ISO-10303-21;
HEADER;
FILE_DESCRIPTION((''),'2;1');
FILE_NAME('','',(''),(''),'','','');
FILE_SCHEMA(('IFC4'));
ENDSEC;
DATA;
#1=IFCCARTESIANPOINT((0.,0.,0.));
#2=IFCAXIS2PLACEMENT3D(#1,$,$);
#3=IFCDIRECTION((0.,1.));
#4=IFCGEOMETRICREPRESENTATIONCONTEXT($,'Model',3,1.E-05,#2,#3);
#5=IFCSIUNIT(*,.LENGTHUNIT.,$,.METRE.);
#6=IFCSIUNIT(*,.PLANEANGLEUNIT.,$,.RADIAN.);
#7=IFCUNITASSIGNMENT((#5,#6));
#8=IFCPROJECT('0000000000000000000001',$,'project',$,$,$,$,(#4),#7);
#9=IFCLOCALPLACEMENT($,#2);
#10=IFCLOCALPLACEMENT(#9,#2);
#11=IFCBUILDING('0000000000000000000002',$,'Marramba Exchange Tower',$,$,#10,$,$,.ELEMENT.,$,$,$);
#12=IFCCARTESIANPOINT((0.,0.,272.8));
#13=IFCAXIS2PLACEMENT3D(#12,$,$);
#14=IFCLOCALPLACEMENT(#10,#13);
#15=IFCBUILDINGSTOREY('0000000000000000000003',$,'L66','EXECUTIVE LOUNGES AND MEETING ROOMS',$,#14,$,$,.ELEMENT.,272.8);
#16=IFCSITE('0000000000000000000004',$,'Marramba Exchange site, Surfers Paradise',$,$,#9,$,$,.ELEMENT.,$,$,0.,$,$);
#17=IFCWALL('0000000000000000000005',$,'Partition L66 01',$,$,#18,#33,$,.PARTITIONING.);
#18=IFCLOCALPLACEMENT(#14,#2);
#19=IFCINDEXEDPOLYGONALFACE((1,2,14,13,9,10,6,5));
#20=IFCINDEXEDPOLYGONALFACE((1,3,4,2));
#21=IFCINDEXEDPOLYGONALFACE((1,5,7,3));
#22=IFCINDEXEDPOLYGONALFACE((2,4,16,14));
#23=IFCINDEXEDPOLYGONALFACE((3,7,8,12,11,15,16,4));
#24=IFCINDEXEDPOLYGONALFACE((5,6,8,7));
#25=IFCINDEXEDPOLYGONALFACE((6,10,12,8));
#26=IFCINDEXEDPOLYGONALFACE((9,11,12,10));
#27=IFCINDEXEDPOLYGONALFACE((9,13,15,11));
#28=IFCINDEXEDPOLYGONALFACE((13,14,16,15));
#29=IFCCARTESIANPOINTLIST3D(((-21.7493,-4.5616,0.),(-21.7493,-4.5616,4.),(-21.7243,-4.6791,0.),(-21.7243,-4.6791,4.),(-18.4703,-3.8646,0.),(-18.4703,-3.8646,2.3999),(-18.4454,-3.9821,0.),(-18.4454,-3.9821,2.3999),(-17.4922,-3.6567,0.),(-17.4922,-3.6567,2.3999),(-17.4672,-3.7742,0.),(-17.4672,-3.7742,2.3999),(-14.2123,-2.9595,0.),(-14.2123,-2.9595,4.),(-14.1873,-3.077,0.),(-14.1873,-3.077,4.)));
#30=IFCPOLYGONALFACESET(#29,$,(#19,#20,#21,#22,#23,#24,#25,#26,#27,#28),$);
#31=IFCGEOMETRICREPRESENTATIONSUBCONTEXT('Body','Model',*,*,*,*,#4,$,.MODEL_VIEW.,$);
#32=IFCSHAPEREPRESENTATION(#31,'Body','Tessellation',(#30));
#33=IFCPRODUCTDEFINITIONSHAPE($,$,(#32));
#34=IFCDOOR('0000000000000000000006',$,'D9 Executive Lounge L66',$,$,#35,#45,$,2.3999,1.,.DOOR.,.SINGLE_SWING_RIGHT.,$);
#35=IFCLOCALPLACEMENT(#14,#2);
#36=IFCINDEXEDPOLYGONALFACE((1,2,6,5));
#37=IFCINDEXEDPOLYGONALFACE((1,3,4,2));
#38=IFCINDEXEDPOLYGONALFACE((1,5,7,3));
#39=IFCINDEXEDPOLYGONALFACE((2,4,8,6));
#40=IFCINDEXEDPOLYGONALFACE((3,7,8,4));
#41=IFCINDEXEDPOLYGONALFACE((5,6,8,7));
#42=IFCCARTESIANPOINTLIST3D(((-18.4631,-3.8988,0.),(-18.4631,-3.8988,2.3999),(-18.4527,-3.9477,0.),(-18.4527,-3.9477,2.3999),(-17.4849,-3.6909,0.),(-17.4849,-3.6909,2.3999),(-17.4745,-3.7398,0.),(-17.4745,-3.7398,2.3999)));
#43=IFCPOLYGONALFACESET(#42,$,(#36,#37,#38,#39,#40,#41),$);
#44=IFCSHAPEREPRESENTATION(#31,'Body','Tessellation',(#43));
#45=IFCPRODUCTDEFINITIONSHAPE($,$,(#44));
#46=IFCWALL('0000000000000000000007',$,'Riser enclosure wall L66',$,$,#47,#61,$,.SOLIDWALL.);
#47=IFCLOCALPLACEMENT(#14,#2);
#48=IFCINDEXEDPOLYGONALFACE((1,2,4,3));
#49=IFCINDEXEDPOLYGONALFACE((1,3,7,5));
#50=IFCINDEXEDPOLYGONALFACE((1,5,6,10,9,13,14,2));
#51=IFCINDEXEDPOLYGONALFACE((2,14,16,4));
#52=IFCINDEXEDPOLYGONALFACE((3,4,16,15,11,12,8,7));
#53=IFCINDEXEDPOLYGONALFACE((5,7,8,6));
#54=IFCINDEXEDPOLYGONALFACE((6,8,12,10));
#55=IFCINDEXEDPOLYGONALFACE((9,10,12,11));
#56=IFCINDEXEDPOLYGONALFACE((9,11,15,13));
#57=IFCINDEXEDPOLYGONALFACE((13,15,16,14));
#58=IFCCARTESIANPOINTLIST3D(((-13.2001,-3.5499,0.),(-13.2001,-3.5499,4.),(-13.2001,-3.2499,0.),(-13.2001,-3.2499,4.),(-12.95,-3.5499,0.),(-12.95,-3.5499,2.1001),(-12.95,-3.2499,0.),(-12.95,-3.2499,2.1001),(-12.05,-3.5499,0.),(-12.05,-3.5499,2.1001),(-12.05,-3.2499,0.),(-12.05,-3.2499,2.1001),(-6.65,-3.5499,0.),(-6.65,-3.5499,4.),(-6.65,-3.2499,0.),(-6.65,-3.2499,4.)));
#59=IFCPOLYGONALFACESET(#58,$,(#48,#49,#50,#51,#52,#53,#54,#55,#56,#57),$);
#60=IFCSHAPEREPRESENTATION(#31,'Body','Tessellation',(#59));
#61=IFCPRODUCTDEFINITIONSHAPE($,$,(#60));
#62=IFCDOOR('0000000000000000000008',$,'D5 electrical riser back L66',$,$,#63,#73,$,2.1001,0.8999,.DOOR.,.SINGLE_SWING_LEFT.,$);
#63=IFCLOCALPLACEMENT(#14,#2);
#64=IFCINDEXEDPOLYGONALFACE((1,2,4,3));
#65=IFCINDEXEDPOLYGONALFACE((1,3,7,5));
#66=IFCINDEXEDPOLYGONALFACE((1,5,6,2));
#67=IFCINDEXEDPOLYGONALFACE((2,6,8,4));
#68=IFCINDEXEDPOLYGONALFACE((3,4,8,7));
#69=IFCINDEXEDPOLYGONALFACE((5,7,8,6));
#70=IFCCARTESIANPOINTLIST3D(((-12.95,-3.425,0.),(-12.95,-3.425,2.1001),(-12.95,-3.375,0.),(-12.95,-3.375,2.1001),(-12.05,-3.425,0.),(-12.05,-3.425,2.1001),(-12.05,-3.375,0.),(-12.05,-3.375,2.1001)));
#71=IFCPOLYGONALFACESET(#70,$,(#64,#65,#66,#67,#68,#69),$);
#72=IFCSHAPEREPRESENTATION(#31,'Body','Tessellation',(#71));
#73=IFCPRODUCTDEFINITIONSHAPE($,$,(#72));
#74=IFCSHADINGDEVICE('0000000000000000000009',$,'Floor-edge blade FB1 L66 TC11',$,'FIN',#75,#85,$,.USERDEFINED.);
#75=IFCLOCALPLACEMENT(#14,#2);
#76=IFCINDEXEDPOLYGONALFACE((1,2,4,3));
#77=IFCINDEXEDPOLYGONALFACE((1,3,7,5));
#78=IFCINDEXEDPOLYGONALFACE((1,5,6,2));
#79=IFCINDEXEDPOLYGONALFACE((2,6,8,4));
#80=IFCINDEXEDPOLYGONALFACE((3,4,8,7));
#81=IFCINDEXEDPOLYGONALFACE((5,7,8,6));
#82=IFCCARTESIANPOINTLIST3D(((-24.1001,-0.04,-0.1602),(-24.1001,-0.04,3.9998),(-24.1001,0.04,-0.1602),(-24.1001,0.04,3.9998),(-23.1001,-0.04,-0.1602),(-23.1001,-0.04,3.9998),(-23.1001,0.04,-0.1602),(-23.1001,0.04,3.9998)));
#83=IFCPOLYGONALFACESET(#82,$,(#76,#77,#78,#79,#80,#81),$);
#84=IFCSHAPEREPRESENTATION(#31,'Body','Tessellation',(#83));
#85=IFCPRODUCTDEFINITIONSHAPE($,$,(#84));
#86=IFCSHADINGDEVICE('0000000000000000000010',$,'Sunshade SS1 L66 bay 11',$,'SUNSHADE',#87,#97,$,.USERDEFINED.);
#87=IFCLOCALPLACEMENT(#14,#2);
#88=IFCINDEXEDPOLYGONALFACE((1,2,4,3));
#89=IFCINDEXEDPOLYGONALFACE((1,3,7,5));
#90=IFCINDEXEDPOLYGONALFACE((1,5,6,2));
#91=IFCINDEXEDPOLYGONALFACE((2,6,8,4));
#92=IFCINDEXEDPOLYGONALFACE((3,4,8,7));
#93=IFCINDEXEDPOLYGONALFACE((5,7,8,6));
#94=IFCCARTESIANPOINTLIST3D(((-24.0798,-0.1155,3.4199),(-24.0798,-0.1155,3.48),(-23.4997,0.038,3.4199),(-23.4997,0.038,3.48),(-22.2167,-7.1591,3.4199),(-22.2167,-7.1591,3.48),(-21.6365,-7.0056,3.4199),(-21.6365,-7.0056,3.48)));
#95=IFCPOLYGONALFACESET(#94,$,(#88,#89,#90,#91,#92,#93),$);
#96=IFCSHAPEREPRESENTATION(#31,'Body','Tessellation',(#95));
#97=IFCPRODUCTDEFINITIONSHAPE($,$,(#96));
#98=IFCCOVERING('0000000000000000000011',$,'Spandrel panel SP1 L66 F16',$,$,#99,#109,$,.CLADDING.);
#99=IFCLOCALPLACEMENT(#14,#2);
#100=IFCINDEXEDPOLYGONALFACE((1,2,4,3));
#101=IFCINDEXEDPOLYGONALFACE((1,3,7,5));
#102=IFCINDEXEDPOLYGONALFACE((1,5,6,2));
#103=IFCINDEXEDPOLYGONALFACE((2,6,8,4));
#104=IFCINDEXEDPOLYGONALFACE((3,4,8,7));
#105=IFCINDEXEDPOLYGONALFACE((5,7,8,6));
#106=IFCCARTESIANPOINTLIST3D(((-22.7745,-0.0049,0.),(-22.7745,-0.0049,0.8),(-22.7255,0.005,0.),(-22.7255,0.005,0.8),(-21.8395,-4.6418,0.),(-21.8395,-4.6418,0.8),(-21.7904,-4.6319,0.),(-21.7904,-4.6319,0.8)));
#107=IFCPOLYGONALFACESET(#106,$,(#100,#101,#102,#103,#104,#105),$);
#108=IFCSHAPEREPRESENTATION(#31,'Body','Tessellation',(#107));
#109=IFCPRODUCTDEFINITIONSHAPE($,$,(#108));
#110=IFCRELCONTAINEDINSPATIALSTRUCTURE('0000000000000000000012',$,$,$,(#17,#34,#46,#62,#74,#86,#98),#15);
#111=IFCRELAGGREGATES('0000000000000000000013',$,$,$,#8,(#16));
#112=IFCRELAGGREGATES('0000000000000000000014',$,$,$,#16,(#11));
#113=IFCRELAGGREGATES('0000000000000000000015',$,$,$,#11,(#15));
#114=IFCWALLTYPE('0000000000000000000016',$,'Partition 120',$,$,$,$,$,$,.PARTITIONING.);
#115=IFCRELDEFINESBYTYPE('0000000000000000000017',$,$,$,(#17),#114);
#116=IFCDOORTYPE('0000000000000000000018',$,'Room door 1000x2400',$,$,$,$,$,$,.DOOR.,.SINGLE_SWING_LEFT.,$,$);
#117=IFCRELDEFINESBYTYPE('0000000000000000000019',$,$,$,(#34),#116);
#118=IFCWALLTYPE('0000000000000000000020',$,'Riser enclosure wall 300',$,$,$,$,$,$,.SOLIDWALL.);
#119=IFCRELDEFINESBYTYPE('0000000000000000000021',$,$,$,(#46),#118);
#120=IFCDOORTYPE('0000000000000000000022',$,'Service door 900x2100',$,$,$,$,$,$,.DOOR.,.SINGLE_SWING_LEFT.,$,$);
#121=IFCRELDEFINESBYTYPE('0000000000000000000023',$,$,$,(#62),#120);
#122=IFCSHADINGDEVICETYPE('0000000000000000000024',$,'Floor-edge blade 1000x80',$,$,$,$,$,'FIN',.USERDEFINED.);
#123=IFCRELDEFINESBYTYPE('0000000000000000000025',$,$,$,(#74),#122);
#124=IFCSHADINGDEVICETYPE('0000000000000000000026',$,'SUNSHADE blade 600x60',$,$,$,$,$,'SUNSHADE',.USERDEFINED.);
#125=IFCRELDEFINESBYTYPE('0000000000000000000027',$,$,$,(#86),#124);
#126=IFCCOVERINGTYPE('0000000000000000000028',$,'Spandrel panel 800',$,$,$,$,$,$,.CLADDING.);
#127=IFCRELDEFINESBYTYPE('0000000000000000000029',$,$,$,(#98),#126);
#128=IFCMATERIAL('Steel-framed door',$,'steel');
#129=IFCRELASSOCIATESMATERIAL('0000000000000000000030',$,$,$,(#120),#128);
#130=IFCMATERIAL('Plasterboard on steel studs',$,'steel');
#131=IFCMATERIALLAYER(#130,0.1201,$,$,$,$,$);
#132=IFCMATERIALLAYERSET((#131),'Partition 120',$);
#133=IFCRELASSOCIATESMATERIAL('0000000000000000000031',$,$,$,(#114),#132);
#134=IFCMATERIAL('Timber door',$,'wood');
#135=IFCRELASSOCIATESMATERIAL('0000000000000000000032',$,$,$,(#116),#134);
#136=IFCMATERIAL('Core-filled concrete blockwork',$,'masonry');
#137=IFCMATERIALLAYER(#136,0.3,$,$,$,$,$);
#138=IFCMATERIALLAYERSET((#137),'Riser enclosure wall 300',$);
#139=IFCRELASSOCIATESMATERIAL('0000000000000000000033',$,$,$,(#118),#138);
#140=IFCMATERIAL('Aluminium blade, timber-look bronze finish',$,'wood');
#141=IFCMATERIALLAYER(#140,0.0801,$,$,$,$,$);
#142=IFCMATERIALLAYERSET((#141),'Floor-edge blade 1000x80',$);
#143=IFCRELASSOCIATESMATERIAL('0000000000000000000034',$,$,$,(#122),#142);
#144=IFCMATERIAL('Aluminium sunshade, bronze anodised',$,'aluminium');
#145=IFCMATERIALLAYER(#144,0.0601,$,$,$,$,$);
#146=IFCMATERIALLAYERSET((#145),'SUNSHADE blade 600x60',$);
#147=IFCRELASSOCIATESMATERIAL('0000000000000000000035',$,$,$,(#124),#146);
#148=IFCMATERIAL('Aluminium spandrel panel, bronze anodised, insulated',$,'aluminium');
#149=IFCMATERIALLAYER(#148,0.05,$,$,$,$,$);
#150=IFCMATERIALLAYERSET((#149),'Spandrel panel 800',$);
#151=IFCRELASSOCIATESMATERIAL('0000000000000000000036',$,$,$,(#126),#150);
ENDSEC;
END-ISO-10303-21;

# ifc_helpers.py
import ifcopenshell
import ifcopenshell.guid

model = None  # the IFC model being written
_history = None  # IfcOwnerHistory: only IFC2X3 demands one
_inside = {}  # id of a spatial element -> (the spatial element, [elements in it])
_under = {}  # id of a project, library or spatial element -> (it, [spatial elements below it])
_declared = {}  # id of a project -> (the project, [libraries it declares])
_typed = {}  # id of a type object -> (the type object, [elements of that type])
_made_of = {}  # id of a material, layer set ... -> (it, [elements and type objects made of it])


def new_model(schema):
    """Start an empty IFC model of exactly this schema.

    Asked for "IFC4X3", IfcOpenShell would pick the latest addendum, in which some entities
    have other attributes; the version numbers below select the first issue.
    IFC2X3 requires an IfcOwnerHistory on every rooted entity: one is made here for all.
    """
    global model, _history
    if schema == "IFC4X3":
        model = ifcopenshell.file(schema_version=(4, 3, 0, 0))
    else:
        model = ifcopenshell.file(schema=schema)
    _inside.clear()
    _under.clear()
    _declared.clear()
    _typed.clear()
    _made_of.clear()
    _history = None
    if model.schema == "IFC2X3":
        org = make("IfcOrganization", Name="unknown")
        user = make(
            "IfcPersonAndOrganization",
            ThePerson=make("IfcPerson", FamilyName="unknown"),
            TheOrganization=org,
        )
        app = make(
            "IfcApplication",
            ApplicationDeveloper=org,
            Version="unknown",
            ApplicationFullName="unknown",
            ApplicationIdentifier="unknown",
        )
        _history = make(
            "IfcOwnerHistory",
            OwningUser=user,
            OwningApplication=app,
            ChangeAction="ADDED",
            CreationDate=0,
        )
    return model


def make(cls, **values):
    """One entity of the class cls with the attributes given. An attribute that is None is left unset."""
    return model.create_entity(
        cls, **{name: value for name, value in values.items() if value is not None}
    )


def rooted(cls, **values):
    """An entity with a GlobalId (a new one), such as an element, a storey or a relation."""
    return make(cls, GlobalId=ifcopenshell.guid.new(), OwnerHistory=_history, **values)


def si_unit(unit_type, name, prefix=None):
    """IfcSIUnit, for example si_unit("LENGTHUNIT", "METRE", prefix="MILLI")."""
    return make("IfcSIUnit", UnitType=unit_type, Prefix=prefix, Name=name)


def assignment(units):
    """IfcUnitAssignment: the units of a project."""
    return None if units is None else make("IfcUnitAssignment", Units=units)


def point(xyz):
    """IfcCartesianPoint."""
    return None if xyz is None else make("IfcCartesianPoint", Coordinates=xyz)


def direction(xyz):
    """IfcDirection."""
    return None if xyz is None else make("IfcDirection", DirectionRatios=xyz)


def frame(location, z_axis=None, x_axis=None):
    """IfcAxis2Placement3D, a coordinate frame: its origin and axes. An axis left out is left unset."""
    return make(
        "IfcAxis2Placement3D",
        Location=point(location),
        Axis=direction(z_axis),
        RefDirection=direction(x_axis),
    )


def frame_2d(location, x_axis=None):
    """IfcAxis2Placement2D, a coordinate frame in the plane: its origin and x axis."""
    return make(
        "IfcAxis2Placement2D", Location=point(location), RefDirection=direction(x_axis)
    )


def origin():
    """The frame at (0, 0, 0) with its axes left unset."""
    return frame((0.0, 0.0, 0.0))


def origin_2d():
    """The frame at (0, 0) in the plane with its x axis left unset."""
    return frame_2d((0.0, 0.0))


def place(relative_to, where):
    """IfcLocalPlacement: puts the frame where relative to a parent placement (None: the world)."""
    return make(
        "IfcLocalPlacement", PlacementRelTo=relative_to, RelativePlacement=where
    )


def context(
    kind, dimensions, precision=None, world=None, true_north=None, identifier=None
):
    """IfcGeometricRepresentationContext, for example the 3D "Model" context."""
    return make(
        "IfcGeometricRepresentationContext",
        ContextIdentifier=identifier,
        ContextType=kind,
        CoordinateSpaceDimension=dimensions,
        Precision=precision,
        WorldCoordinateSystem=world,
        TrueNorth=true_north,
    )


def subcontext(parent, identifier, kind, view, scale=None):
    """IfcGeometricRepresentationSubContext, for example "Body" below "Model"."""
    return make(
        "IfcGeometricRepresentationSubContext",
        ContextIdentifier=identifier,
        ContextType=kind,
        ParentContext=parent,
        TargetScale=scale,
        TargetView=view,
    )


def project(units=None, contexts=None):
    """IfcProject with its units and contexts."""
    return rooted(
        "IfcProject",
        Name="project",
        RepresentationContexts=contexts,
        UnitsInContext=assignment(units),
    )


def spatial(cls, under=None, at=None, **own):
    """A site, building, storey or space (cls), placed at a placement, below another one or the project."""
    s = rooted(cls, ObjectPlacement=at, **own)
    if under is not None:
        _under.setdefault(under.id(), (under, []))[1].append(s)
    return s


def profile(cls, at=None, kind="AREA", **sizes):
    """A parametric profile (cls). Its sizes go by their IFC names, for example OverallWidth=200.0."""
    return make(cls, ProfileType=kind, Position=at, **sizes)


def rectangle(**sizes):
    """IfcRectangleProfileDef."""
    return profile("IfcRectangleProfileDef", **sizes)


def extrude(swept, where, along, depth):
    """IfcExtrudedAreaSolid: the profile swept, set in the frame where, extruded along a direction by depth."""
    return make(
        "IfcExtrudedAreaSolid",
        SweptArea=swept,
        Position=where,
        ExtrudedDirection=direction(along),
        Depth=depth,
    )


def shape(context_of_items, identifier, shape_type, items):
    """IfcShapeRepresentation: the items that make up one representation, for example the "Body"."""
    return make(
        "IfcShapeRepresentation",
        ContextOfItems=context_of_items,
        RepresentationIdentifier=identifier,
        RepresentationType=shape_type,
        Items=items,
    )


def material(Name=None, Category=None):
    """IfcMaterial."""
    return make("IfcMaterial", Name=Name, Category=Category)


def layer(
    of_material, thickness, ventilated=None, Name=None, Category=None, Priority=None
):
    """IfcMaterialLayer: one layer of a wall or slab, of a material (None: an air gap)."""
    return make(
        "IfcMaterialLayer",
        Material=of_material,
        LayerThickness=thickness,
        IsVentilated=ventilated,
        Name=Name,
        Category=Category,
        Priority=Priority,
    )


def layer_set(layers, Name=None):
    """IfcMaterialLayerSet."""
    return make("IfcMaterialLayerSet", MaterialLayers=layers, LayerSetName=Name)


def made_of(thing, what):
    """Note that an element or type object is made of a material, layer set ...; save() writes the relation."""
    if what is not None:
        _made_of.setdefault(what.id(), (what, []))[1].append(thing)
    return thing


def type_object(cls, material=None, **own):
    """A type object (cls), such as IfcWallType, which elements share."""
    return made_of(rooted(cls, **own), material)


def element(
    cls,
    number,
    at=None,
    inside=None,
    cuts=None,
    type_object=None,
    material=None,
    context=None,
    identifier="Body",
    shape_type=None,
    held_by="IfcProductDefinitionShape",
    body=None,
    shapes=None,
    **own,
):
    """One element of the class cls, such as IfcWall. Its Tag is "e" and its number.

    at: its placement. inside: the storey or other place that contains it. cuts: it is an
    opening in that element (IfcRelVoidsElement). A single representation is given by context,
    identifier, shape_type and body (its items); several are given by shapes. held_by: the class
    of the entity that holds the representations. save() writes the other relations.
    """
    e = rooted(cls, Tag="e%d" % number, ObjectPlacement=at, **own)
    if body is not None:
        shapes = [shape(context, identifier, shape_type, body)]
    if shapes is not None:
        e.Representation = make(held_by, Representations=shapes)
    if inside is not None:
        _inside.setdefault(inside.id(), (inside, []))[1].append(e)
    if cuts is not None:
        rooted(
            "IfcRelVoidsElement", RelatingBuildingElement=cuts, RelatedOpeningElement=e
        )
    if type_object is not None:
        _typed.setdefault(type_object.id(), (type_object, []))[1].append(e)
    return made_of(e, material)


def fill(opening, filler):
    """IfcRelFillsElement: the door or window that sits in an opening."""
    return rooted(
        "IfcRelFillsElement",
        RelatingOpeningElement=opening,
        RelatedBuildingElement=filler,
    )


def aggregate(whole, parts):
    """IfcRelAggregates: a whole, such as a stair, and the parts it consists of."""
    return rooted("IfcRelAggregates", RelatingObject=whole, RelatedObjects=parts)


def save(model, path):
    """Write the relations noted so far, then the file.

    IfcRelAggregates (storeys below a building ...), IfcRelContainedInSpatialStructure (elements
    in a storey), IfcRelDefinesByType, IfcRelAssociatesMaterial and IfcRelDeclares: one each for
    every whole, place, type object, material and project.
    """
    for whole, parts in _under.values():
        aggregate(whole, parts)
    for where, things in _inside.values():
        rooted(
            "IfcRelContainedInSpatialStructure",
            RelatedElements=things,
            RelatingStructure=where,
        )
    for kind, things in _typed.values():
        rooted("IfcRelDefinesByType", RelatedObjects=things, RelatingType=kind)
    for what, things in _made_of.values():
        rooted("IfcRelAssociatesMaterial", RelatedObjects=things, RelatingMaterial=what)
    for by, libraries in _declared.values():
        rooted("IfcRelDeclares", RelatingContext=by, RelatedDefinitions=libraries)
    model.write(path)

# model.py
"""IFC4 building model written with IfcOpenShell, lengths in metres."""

from ifc_helpers import new_model, si_unit, direction, frame, frame_2d, origin, origin_2d, place, context, subcontext, project, spatial, rectangle, extrude, material, layer, layer_set, type_object, element, fill, save


model = new_model("IFC4")

# Units and contexts
model_context = context("Model", 3, precision=1e-05, world=origin(), true_north=direction((0.0, 1.0)))
body_context = subcontext(model_context, "Body", "Model", "MODEL_VIEW")
ifc_project = project(units=[si_unit("LENGTHUNIT", "METRE"), si_unit("PLANEANGLEUNIT", "RADIAN")], contexts=[model_context])

# Site, building, storey
site_placement = place(None, origin())
site = spatial("IfcSite", under=ifc_project, at=site_placement, Name="Marramba Exchange site, Surfers Paradise", CompositionType="ELEMENT", RefElevation=0.0)
building_placement = place(site_placement, origin())
building = spatial("IfcBuilding", under=site, at=building_placement, Name="Marramba Exchange Tower", CompositionType="ELEMENT")
storey_placement = place(building_placement, frame((0.0, 0.0, 272.8)))
storey = spatial("IfcBuildingStorey", under=building, at=storey_placement, Name="L66", Description="EXECUTIVE LOUNGES AND MEETING ROOMS", CompositionType="ELEMENT", Elevation=272.8)

# Shared definitions
ifc_material_1 = material(Name="Steel-framed door", Category="steel")
door_type_1 = type_object("IfcDoorType", Name="Service door 900x2100", OperationType="SINGLE_SWING_LEFT", PredefinedType="DOOR", material=ifc_material_1)

# Walls, openings, doors
ifc_material_2 = material(Name="Plasterboard on steel studs", Category="steel")
ifc_layer_1 = layer(ifc_material_2, 0.1201)
ifc_layer_set_1 = layer_set([ifc_layer_1], Name="Partition 120")
wall_type_1 = type_object("IfcWallType", Name="Partition 120", PredefinedType="PARTITIONING", material=ifc_layer_set_1)
wall_1_placement = place(storey_placement, frame((-14.2, -3.0183, 0.0), z_axis=(0.0, 0.0, 1.0), x_axis=(-0.978147, -0.207917, 0.0)))
wall_1 = element("IfcWall", 1, at=wall_1_placement, inside=storey, type_object=wall_type_1, Name="Partition L66 01", PredefinedType="PARTITIONING", context=body_context, shape_type="SweptSolid", body=[
    extrude(rectangle(XDim=7.7053, YDim=0.1201, at=frame_2d((3.8525, 0.0))), origin(), (0.0, 0.0, 1.0), 4.0),
])
opening_1_placement = place(wall_1_placement, frame((3.353, 0.0, 0.0)))
opening_1 = element("IfcOpeningElement", 2, at=opening_1_placement, cuts=wall_1, PredefinedType="OPENING", context=body_context, shape_type="SweptSolid", body=[
    extrude(rectangle(XDim=1.0, YDim=2.3999, at=frame_2d((0.5, 1.2))), frame((0.0, 0.0701, 0.0), z_axis=(0.0, -1.0, 0.0), x_axis=(1.0, 0.0, 0.0)), (0.0, 0.0, 1.0), 0.1401),
])
ifc_material_3 = material(Name="Timber door", Category="wood")
door_type_2 = type_object("IfcDoorType", Name="Room door 1000x2400", OperationType="SINGLE_SWING_LEFT", PredefinedType="DOOR", material=ifc_material_3)
door_1_placement = place(opening_1_placement, origin())
door_1 = element("IfcDoor", 3, at=door_1_placement, inside=storey, type_object=door_type_2, Name="D9 Executive Lounge L66", OperationType="SINGLE_SWING_RIGHT", OverallHeight=2.3999, OverallWidth=1.0, PredefinedType="DOOR", context=body_context, shape_type="SweptSolid", body=[
    extrude(rectangle(XDim=1.0, YDim=2.3999, at=frame_2d((0.5, 1.2))), frame((0.0, 0.0249, 0.0), z_axis=(0.0, -1.0, 0.0), x_axis=(1.0, 0.0, 0.0)), (0.0, 0.0, 1.0), 0.05),
])
fill(opening_1, door_1)
ifc_material_4 = material(Name="Core-filled concrete blockwork", Category="masonry")
ifc_layer_2 = layer(ifc_material_4, 0.3)
ifc_layer_set_2 = layer_set([ifc_layer_2], Name="Riser enclosure wall 300")
wall_type_2 = type_object("IfcWallType", Name="Riser enclosure wall 300", PredefinedType="SOLIDWALL", material=ifc_layer_set_2)
wall_2_placement = place(storey_placement, frame((-13.2, -3.3999, 0.0), z_axis=(0.0, 0.0, 1.0), x_axis=(1.0, 0.0, 0.0)))
wall_2 = element("IfcWall", 4, at=wall_2_placement, inside=storey, type_object=wall_type_2, Name="Riser enclosure wall L66", PredefinedType="SOLIDWALL", context=body_context, shape_type="SweptSolid", body=[
    extrude(rectangle(XDim=6.55, YDim=0.3, at=frame_2d((3.2749, 0.0))), origin(), (0.0, 0.0, 1.0), 4.0),
])
opening_2_placement = place(wall_2_placement, frame((0.25, 0.0, 0.0)))
opening_2 = element("IfcOpeningElement", 5, at=opening_2_placement, cuts=wall_2, PredefinedType="OPENING", context=body_context, shape_type="SweptSolid", body=[
    extrude(rectangle(XDim=0.8999, YDim=2.1001, at=frame_2d((0.45, 1.05))), frame((0.0, 0.1599, 0.0), z_axis=(0.0, -1.0, 0.0), x_axis=(1.0, 0.0, 0.0)), (0.0, 0.0, 1.0), 0.3201),
])
door_2_placement = place(opening_2_placement, origin())
door_2 = element("IfcDoor", 6, at=door_2_placement, inside=storey, type_object=door_type_1, Name="D5 electrical riser back L66", OperationType="SINGLE_SWING_LEFT", OverallHeight=2.1001, OverallWidth=0.8999, PredefinedType="DOOR", context=body_context, shape_type="SweptSolid", body=[
    extrude(rectangle(XDim=0.8999, YDim=2.1001, at=frame_2d((0.45, 1.05))), frame((0.0, 0.0249, 0.0), z_axis=(0.0, -1.0, 0.0), x_axis=(1.0, 0.0, 0.0)), (0.0, 0.0, 1.0), 0.05),
])
fill(opening_2, door_2)

# Shading devices
ifc_material_5 = material(Name="Aluminium blade, timber-look bronze finish", Category="wood")
ifc_layer_3 = layer(ifc_material_5, 0.0801)
ifc_layer_set_3 = layer_set([ifc_layer_3], Name="Floor-edge blade 1000x80")
shading_device_type_1 = type_object("IfcShadingDeviceType", Name="Floor-edge blade 1000x80", ElementType="FIN", PredefinedType="USERDEFINED", material=ifc_layer_set_3)
shading_device_1_placement = place(storey_placement, frame((-23.6001, 0.0, -0.1602), z_axis=(0.0, 0.0, 1.0), x_axis=(-1.0, 0.0, 0.0)))
element("IfcShadingDevice", 7, at=shading_device_1_placement, inside=storey, type_object=shading_device_type_1, Name="Floor-edge blade FB1 L66 TC11", ObjectType="FIN", PredefinedType="USERDEFINED", context=body_context, shape_type="SweptSolid", body=[
    extrude(rectangle(XDim=1.0, YDim=0.0801, at=origin_2d()), origin(), (0.0, 0.0, 1.0), 4.1599),
])
ifc_material_6 = material(Name="Aluminium sunshade, bronze anodised", Category="aluminium")
ifc_layer_4 = layer(ifc_material_6, 0.0601)
ifc_layer_set_4 = layer_set([ifc_layer_4], Name="SUNSHADE blade 600x60")
shading_device_type_2 = type_object("IfcShadingDeviceType", Name="SUNSHADE blade 600x60", ElementType="SUNSHADE", PredefinedType="USERDEFINED", material=ifc_layer_set_4)
shading_device_2_placement = place(storey_placement, frame((-22.8582, -3.5605, 3.4199), z_axis=(0.0, 0.0, 1.0), x_axis=(0.255719, -0.966751, 0.0)))
element("IfcShadingDevice", 8, at=shading_device_2_placement, inside=storey, type_object=shading_device_type_2, Name="Sunshade SS1 L66 bay 11", ObjectType="SUNSHADE", PredefinedType="USERDEFINED", context=body_context, shape_type="SweptSolid", body=[
    extrude(rectangle(XDim=7.2859, YDim=0.6001, at=origin_2d()), origin(), (0.0, 0.0, 1.0), 0.0601),
])

# Covering
ifc_material_7 = material(Name="Aluminium spandrel panel, bronze anodised, insulated", Category="aluminium")
ifc_layer_5 = layer(ifc_material_7, 0.05)
ifc_layer_set_5 = layer_set([ifc_layer_5], Name="Spandrel panel 800")
covering_type = type_object("IfcCoveringType", Name="Spandrel panel 800", PredefinedType="CLADDING", material=ifc_layer_set_5)
covering_placement = place(storey_placement, frame((-22.2825, -2.3184, 0.0), z_axis=(0.0, 0.0, 1.0), x_axis=(0.197671, -0.980269, 0.0)))
element("IfcCovering", 9, at=covering_placement, inside=storey, type_object=covering_type, Name="Spandrel panel SP1 L66 F16", PredefinedType="CLADDING", context=body_context, shape_type="SweptSolid", body=[
    extrude(rectangle(XDim=4.7302, YDim=0.05, at=origin_2d()), origin(), (0.0, 0.0, 1.0), 0.8),
])

save(model, "model.ifc")
